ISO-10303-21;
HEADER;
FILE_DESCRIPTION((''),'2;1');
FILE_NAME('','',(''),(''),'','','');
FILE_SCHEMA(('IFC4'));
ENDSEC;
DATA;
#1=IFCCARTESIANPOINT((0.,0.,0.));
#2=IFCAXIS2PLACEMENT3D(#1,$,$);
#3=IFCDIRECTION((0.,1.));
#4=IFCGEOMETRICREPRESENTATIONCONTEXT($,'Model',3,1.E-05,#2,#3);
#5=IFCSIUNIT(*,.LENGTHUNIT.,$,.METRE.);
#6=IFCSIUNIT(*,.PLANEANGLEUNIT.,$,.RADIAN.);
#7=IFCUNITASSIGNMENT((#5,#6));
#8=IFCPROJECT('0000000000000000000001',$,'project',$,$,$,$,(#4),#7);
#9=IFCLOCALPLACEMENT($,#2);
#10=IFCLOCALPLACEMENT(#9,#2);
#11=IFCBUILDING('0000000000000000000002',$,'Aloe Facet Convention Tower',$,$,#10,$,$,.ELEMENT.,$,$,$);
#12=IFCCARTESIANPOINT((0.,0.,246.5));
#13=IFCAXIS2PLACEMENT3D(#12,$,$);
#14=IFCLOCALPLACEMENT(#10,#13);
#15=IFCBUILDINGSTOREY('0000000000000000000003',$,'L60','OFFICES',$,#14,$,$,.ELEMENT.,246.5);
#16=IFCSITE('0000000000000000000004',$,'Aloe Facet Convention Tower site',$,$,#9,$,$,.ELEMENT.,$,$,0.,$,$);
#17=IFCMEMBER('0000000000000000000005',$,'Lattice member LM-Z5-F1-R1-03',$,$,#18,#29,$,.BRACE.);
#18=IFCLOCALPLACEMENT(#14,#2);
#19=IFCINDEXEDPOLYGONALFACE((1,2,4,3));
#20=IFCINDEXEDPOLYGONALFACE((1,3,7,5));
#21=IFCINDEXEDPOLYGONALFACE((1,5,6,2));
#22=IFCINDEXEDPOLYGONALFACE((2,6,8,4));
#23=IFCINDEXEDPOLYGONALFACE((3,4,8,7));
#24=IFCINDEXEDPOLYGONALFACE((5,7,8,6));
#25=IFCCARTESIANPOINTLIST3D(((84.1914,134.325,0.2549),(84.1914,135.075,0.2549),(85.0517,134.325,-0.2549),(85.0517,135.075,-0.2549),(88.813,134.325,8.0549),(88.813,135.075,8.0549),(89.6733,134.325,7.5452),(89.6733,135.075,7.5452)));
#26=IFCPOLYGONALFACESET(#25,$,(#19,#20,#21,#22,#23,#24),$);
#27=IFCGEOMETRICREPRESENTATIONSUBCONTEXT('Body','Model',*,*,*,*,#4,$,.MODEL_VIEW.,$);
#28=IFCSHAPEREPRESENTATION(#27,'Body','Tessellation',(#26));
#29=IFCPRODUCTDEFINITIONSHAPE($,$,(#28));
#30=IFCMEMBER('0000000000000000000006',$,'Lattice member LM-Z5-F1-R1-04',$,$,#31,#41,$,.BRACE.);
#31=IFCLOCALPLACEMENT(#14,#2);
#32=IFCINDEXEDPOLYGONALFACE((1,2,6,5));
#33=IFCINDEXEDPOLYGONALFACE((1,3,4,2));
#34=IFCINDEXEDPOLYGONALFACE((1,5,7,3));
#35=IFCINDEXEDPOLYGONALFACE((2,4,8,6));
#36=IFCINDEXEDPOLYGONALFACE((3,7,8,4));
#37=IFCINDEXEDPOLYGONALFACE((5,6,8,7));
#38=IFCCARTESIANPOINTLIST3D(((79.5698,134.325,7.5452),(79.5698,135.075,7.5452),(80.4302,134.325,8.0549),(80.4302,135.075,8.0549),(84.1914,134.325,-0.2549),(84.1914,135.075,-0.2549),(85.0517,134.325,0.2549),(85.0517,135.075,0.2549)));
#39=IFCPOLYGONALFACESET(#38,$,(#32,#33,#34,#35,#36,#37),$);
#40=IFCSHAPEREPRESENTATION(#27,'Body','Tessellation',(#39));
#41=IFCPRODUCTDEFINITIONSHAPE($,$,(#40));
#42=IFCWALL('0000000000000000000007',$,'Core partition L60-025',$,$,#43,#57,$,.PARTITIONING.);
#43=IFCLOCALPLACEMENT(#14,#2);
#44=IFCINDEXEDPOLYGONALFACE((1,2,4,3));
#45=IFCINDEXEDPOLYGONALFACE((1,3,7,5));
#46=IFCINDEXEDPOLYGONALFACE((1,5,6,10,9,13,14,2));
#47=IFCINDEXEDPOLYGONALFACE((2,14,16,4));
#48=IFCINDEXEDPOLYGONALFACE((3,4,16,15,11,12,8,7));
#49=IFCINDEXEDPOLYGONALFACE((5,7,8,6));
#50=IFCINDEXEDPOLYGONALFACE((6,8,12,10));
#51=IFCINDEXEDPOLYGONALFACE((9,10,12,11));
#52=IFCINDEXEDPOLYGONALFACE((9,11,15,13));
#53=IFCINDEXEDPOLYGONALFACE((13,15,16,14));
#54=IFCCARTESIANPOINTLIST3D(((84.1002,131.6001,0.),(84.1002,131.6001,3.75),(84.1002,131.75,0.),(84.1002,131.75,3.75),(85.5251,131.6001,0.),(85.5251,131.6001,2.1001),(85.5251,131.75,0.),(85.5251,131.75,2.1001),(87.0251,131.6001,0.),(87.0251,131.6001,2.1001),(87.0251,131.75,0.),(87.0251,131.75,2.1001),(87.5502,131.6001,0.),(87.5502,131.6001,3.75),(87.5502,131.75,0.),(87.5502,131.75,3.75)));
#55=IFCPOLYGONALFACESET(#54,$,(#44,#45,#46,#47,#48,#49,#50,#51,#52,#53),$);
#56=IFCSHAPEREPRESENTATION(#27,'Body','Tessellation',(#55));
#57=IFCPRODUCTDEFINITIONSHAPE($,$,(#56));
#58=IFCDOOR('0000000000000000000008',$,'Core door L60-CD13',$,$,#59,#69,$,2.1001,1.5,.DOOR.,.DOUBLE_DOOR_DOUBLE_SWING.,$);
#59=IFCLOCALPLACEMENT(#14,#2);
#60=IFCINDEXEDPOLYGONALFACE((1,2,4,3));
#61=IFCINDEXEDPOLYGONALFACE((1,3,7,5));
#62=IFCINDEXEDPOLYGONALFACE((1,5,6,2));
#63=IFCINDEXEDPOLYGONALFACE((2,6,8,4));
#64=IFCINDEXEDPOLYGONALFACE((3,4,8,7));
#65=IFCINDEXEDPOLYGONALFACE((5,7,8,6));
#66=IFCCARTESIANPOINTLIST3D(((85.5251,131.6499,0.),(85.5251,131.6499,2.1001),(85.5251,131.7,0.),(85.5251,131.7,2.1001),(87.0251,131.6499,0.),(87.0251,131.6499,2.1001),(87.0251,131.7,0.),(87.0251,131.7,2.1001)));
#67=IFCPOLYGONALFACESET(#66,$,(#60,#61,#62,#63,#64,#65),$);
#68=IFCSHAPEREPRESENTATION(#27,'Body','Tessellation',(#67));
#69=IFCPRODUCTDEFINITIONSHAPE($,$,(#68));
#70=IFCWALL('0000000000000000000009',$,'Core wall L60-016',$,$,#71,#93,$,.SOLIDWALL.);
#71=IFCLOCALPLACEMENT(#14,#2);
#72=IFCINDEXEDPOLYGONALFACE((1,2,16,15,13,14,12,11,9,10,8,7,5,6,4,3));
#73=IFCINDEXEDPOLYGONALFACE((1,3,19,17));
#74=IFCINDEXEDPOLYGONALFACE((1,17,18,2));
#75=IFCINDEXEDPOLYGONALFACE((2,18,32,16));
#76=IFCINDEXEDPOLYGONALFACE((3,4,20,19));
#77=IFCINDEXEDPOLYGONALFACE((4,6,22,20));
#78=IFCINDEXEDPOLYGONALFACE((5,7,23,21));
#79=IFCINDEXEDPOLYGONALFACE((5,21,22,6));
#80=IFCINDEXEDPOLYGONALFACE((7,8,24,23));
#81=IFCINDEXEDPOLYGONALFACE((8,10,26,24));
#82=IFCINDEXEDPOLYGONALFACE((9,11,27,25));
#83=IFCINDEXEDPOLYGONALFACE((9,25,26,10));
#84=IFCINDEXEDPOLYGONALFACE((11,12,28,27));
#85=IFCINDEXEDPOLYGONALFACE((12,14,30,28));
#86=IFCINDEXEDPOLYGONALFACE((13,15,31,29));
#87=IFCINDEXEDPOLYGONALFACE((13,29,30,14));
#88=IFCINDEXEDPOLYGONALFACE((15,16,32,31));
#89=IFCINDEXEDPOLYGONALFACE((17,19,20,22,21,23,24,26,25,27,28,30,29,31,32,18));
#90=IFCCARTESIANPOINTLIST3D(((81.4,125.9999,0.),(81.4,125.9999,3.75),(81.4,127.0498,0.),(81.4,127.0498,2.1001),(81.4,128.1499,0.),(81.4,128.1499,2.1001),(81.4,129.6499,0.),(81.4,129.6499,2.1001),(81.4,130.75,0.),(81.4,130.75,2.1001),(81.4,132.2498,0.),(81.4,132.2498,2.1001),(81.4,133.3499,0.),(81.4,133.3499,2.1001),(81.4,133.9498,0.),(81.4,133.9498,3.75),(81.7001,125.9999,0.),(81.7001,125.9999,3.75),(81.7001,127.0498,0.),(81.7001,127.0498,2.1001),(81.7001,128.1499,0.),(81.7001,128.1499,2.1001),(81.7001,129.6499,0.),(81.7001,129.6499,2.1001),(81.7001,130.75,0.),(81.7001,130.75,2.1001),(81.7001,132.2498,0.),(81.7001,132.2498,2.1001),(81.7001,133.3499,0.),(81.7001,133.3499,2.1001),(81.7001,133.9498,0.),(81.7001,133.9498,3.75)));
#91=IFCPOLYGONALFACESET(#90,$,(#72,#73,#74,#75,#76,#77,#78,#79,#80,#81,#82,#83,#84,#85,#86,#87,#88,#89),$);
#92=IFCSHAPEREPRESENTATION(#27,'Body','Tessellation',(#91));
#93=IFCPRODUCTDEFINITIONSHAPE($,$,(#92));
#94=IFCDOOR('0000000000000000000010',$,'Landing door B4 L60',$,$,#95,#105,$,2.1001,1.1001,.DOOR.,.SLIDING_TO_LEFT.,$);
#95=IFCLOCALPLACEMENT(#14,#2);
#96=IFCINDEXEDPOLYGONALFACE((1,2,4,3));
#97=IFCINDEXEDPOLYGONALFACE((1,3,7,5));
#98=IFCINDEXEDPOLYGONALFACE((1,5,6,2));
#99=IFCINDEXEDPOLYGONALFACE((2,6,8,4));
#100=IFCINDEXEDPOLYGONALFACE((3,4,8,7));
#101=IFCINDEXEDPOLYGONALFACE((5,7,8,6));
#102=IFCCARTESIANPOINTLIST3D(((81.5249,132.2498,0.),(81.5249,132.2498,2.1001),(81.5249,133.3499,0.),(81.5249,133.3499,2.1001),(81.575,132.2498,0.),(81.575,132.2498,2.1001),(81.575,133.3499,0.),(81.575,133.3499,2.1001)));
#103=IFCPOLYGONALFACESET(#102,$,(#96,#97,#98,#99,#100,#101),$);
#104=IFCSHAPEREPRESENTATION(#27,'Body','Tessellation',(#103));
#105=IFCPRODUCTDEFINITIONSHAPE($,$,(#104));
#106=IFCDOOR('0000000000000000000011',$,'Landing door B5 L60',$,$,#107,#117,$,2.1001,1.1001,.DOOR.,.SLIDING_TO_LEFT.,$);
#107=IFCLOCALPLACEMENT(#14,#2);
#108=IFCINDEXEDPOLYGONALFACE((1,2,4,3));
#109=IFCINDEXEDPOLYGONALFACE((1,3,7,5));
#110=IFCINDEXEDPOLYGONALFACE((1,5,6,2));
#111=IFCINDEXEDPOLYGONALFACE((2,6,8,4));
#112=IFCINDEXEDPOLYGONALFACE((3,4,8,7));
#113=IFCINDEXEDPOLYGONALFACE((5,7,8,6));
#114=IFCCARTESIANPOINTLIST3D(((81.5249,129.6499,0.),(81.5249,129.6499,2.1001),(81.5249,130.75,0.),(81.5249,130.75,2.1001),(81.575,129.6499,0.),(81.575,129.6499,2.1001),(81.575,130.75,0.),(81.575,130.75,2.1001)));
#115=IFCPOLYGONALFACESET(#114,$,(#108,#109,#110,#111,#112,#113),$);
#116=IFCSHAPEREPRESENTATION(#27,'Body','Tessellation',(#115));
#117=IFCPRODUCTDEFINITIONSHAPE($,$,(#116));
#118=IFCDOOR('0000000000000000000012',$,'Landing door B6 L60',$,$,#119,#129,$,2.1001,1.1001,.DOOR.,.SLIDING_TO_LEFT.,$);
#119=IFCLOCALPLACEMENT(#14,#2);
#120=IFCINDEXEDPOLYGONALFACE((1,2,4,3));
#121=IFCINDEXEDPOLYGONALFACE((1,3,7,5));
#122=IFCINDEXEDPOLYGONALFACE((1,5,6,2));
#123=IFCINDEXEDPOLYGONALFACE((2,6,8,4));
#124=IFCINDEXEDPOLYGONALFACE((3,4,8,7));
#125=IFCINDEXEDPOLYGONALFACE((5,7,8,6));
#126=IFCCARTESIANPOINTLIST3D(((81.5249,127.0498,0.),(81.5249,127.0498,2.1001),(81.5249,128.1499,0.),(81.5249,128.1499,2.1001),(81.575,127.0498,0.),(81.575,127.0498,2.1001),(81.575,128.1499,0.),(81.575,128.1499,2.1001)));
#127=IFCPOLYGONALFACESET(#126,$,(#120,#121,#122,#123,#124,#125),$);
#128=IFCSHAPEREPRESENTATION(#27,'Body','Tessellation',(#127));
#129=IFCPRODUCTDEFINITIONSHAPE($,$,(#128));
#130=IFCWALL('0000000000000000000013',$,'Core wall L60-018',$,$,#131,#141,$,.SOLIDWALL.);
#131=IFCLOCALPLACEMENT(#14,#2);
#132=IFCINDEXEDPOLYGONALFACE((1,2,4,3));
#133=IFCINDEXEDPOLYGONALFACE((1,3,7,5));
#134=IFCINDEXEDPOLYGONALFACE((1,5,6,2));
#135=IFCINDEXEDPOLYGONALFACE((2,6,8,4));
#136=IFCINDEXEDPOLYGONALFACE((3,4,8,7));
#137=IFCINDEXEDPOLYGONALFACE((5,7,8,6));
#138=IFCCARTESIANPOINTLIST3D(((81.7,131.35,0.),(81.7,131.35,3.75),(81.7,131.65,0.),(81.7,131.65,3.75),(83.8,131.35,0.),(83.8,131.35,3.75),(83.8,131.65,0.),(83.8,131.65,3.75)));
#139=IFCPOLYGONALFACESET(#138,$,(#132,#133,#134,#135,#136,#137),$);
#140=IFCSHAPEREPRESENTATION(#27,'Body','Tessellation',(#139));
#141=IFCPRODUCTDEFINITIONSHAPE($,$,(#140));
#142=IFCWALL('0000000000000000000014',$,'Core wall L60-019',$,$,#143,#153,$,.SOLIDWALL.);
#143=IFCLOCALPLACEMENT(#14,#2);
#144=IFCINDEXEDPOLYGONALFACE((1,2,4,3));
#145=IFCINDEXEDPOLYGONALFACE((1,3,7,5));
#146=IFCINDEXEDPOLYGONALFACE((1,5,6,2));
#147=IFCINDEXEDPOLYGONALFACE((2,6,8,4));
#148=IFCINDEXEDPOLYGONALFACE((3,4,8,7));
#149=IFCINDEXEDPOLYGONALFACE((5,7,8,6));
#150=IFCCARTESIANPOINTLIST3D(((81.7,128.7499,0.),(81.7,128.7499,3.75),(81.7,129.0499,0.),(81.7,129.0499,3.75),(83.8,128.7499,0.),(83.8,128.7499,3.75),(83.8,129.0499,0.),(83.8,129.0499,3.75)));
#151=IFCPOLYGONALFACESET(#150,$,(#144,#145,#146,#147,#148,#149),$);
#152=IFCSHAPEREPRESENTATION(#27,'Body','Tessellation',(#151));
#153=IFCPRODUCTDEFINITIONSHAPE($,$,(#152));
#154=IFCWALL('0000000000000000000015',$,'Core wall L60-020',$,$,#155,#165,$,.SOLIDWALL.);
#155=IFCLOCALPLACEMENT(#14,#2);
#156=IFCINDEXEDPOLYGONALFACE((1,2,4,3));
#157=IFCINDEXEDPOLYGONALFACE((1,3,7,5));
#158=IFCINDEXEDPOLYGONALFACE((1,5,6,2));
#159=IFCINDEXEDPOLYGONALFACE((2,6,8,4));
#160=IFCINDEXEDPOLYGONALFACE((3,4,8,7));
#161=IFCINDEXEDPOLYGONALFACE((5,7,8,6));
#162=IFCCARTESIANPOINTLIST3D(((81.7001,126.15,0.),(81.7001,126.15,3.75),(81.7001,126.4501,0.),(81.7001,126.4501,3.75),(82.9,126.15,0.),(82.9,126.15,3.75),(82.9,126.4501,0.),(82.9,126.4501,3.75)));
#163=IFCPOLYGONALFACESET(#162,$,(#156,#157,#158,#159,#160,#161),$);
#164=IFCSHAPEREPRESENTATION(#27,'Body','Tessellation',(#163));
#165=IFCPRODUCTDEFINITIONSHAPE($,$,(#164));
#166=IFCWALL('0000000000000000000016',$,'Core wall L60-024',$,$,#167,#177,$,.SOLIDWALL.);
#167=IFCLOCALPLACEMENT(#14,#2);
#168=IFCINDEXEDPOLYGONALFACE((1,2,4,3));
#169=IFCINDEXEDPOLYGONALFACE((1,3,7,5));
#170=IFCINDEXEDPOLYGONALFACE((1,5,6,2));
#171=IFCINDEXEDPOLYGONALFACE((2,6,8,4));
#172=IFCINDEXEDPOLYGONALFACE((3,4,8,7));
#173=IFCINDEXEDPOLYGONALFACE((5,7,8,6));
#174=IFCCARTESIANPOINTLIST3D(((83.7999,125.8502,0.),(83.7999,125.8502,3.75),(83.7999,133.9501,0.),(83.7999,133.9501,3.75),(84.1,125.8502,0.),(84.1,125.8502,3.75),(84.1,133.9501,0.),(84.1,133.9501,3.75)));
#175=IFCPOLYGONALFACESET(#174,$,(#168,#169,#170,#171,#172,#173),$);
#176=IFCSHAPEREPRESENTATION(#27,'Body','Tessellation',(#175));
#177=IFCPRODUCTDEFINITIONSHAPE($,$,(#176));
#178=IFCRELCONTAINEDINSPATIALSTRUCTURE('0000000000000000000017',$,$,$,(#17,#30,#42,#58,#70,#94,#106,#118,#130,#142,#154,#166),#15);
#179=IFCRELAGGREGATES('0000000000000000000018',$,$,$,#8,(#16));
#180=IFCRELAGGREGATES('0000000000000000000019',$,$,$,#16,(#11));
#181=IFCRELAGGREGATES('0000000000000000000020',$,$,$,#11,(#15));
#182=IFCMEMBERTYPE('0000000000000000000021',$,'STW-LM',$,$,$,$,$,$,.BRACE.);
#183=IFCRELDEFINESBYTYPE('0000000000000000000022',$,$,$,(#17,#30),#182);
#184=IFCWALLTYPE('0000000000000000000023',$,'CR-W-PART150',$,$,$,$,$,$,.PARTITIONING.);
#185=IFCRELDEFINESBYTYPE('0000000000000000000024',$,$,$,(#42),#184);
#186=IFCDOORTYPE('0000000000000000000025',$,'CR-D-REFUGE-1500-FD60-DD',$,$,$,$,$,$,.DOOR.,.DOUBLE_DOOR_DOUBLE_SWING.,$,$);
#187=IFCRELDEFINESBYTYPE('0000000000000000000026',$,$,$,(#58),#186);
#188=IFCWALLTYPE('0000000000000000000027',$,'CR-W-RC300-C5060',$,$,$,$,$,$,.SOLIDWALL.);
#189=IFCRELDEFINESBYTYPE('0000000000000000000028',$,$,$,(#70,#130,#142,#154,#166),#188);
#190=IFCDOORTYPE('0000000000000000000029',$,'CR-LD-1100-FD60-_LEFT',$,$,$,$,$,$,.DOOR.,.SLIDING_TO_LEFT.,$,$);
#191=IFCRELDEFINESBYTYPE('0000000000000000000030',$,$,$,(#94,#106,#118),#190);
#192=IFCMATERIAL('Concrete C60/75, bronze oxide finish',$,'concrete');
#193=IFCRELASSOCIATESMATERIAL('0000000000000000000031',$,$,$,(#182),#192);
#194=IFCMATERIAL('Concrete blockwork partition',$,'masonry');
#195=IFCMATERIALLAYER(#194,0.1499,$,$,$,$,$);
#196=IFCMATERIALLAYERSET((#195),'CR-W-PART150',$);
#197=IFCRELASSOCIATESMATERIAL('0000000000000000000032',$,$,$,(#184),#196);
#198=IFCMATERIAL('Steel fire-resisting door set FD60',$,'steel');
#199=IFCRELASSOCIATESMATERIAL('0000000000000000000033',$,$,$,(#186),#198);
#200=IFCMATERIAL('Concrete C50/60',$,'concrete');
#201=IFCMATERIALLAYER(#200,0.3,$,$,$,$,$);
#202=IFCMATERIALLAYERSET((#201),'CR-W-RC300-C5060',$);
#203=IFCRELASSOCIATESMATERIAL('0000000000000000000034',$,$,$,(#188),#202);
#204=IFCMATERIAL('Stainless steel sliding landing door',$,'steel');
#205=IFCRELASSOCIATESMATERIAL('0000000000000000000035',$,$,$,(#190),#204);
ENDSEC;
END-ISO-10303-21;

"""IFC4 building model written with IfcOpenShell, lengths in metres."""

from ifc_helpers import new_model, si_unit, direction, frame, frame_2d, origin, origin_2d, place, context, subcontext, project, spatial, rectangle, extrude, material, layer, layer_set, material_profile, profile_set, type_object, element, fill, save


model = new_model("IFC4")

# Units and contexts
model_context = context("Model", 3, precision=1e-05, world=origin(), true_north=direction((0.0, 1.0)))
body_context = subcontext(model_context, "Body", "Model", "MODEL_VIEW")
ifc_project = project(units=[si_unit("LENGTHUNIT", "METRE"), si_unit("PLANEANGLEUNIT", "RADIAN")], contexts=[model_context])

# Site, building, storey
site_placement = place(None, origin())
site = spatial("IfcSite", under=ifc_project, at=site_placement, Name="Aloe Facet Convention Tower site", CompositionType="ELEMENT", RefElevation=0.0)
building_placement = place(site_placement, origin())
building = spatial("IfcBuilding", under=site, at=building_placement, Name="Aloe Facet Convention Tower", CompositionType="ELEMENT")
storey_placement = place(building_placement, frame((0.0, 0.0, 246.5)))
storey = spatial("IfcBuildingStorey", under=building, at=storey_placement, Name="L60", Description="OFFICES", CompositionType="ELEMENT", Elevation=246.5)

# Members
ifc_material_1 = material(Name="Concrete C60/75, bronze oxide finish", Category="concrete")
ifc_material_profile = material_profile(ifc_material_1, rectangle(XDim=0.75, YDim=1.0, at=origin_2d()), Name="STW-LM")
ifc_profile_set = profile_set([ifc_material_profile], Name="Concrete C60/75, bronze oxide finish")
member_type = type_object("IfcMemberType", Name="STW-LM", PredefinedType="BRACE", material=ifc_profile_set)
for number, where, z_axis, x_axis, name in (
    (1, (84.6216, 134.7, 0.0), (0.509748, 0.0, 0.860324), (0.0, 1.0, 0.0), "Lattice member LM-Z5-F1-R1-03"),
    (2, (84.6216, 134.7, 0.0), (-0.509748, 0.0, 0.860324), (0.0, -1.0, 0.0), "Lattice member LM-Z5-F1-R1-04"),
):
    element("IfcMember", number, at=place(storey_placement, frame(where, z_axis=z_axis, x_axis=x_axis)), inside=storey, type_object=member_type, Name=name, PredefinedType="BRACE", context=body_context, shape_type="SweptSolid", body=[
        extrude(rectangle(XDim=0.75, YDim=1.0, at=origin_2d()), origin(), (0.0, 0.0, 1.0), 9.0664),
    ])

# Wall, opening, door
ifc_material_2 = material(Name="Concrete blockwork partition", Category="masonry")
ifc_layer_1 = layer(ifc_material_2, 0.1499)
ifc_layer_set_1 = layer_set([ifc_layer_1], Name="CR-W-PART150")
wall_type_1 = type_object("IfcWallType", Name="CR-W-PART150", PredefinedType="PARTITIONING", material=ifc_layer_set_1)
wall_1_placement = place(storey_placement, frame((84.1001, 131.675, 0.0), z_axis=(0.0, 0.0, 1.0), x_axis=(1.0, 0.0, 0.0)))
wall_1 = element("IfcWall", 3, at=wall_1_placement, inside=storey, type_object=wall_type_1, Name="Core partition L60-025", PredefinedType="PARTITIONING", context=body_context, shape_type="SweptSolid", body=[
    extrude(rectangle(XDim=3.45, YDim=0.1499, at=frame_2d((1.7251, 0.0))), origin(), (0.0, 0.0, 1.0), 3.75),
])
opening_1_placement = place(wall_1_placement, frame((1.425, 0.0, 0.0)))
opening_1 = element("IfcOpeningElement", 4, at=opening_1_placement, cuts=wall_1, PredefinedType="OPENING", context=body_context, shape_type="SweptSolid", body=[
    extrude(rectangle(XDim=1.5, YDim=2.1001, at=frame_2d((0.75, 1.05))), frame((0.0, 0.085, 0.0), z_axis=(0.0, -1.0, 0.0), x_axis=(1.0, 0.0, 0.0)), (0.0, 0.0, 1.0), 0.1699),
])
ifc_material_3 = material(Name="Steel fire-resisting door set FD60", Category="steel")
door_type_1 = type_object("IfcDoorType", Name="CR-D-REFUGE-1500-FD60-DD", OperationType="DOUBLE_DOOR_DOUBLE_SWING", PredefinedType="DOOR", material=ifc_material_3)
door_1_placement = place(opening_1_placement, origin())
door_1 = element("IfcDoor", 5, at=door_1_placement, inside=storey, type_object=door_type_1, Name="Core door L60-CD13", OperationType="DOUBLE_DOOR_DOUBLE_SWING", OverallHeight=2.1001, OverallWidth=1.5, PredefinedType="DOOR", context=body_context, shape_type="SweptSolid", body=[
    extrude(rectangle(XDim=1.5, YDim=2.1001, at=frame_2d((0.75, 1.05))), frame((0.0, 0.0249, 0.0), z_axis=(0.0, -1.0, 0.0), x_axis=(1.0, 0.0, 0.0)), (0.0, 0.0, 1.0), 0.05),
])
fill(opening_1, door_1)

# Wall, openings, doors
ifc_material_4 = material(Name="Concrete C50/60", Category="concrete")
ifc_layer_2 = layer(ifc_material_4, 0.3)
ifc_layer_set_2 = layer_set([ifc_layer_2], Name="CR-W-RC300-C5060")
wall_type_2 = type_object("IfcWallType", Name="CR-W-RC300-C5060", PredefinedType="SOLIDWALL", material=ifc_layer_set_2)
wall_2_placement = place(storey_placement, frame((81.55, 133.95, 0.0), z_axis=(0.0, 0.0, 1.0), x_axis=(0.0, -1.0, 0.0)))
wall_2 = element("IfcWall", 6, at=wall_2_placement, inside=storey, type_object=wall_type_2, Name="Core wall L60-016", PredefinedType="SOLIDWALL", context=body_context, shape_type="SweptSolid", body=[
    extrude(rectangle(XDim=7.95, YDim=0.3, at=frame_2d((3.9751, 0.0))), origin(), (0.0, 0.0, 1.0), 3.75),
])
opening_2_placement = place(wall_2_placement, frame((0.6001, 0.0, 0.0)))
opening_2 = element("IfcOpeningElement", 7, at=opening_2_placement, cuts=wall_2, PredefinedType="OPENING", context=body_context, shape_type="SweptSolid", body=[
    extrude(rectangle(XDim=1.1001, YDim=2.1001, at=frame_2d((0.55, 1.05))), frame((0.0, 0.1602, 0.0), z_axis=(0.0, -1.0, 0.0), x_axis=(1.0, 0.0, 0.0)), (0.0, 0.0, 1.0), 0.3201),
])
opening_3_placement = place(wall_2_placement, frame((3.2, 0.0, 0.0)))
opening_3 = element("IfcOpeningElement", 8, at=opening_3_placement, cuts=wall_2, PredefinedType="OPENING", context=body_context, shape_type="SweptSolid", body=[
    extrude(rectangle(XDim=1.1001, YDim=2.1001, at=frame_2d((0.55, 1.05))), frame((0.0, 0.1602, 0.0), z_axis=(0.0, -1.0, 0.0), x_axis=(1.0, 0.0, 0.0)), (0.0, 0.0, 1.0), 0.3201),
])
opening_4_placement = place(wall_2_placement, frame((5.8, 0.0, 0.0)))
opening_4 = element("IfcOpeningElement", 9, at=opening_4_placement, cuts=wall_2, PredefinedType="OPENING", context=body_context, shape_type="SweptSolid", body=[
    extrude(rectangle(XDim=1.1001, YDim=2.1001, at=frame_2d((0.55, 1.05))), frame((0.0, 0.1602, 0.0), z_axis=(0.0, -1.0, 0.0), x_axis=(1.0, 0.0, 0.0)), (0.0, 0.0, 1.0), 0.3201),
])
ifc_material_5 = material(Name="Stainless steel sliding landing door", Category="steel")
door_type_2 = type_object("IfcDoorType", Name="CR-LD-1100-FD60-_LEFT", OperationType="SLIDING_TO_LEFT", PredefinedType="DOOR", material=ifc_material_5)
door_2_placement = place(opening_2_placement, origin())
door_2 = element("IfcDoor", 10, at=door_2_placement, inside=storey, type_object=door_type_2, Name="Landing door B4 L60", OperationType="SLIDING_TO_LEFT", OverallHeight=2.1001, OverallWidth=1.1001, PredefinedType="DOOR", context=body_context, shape_type="SweptSolid", body=[
    extrude(rectangle(XDim=1.1001, YDim=2.1001, at=frame_2d((0.55, 1.05))), frame((0.0, 0.0249, 0.0), z_axis=(0.0, -1.0, 0.0), x_axis=(1.0, 0.0, 0.0)), (0.0, 0.0, 1.0), 0.05),
])
fill(opening_2, door_2)
door_3_placement = place(opening_3_placement, origin())
door_3 = element("IfcDoor", 11, at=door_3_placement, inside=storey, type_object=door_type_2, Name="Landing door B5 L60", OperationType="SLIDING_TO_LEFT", OverallHeight=2.1001, OverallWidth=1.1001, PredefinedType="DOOR", context=body_context, shape_type="SweptSolid", body=[
    extrude(rectangle(XDim=1.1001, YDim=2.1001, at=frame_2d((0.55, 1.05))), frame((0.0, 0.0249, 0.0), z_axis=(0.0, -1.0, 0.0), x_axis=(1.0, 0.0, 0.0)), (0.0, 0.0, 1.0), 0.05),
])
fill(opening_3, door_3)
door_4_placement = place(opening_4_placement, origin())
door_4 = element("IfcDoor", 12, at=door_4_placement, inside=storey, type_object=door_type_2, Name="Landing door B6 L60", OperationType="SLIDING_TO_LEFT", OverallHeight=2.1001, OverallWidth=1.1001, PredefinedType="DOOR", context=body_context, shape_type="SweptSolid", body=[
    extrude(rectangle(XDim=1.1001, YDim=2.1001, at=frame_2d((0.55, 1.05))), frame((0.0, 0.0249, 0.0), z_axis=(0.0, -1.0, 0.0), x_axis=(1.0, 0.0, 0.0)), (0.0, 0.0, 1.0), 0.05),
])
fill(opening_4, door_4)

# Walls
for number, where, z_axis, x_axis, name in (
    (13, (81.7, 131.5, 0.0), (0.0, 0.0, 1.0), (1.0, 0.0, 0.0), "Core wall L60-018"),
    (14, (81.7, 128.8999, 0.0), (0.0, 0.0, 1.0), (1.0, 0.0, 0.0), "Core wall L60-019"),
):
    element("IfcWall", number, at=place(storey_placement, frame(where, z_axis=z_axis, x_axis=x_axis)), inside=storey, type_object=wall_type_2, Name=name, PredefinedType="SOLIDWALL", context=body_context, shape_type="SweptSolid", body=[
        extrude(rectangle(XDim=2.1001, YDim=0.3, at=frame_2d((1.05, 0.0))), origin(), (0.0, 0.0, 1.0), 3.75),
    ])
wall_3_placement = place(storey_placement, frame((81.7, 126.3, 0.0), z_axis=(0.0, 0.0, 1.0), x_axis=(1.0, 0.0, 0.0)))
element("IfcWall", 15, at=wall_3_placement, inside=storey, type_object=wall_type_2, Name="Core wall L60-020", PredefinedType="SOLIDWALL", context=body_context, shape_type="SweptSolid", body=[
    extrude(rectangle(XDim=1.2, YDim=0.3, at=frame_2d((0.6001, 0.0))), origin(), (0.0, 0.0, 1.0), 3.75),
])
wall_4_placement = place(storey_placement, frame((83.95, 133.95, 0.0), z_axis=(0.0, 0.0, 1.0), x_axis=(0.0, -1.0, 0.0)))
element("IfcWall", 16, at=wall_4_placement, inside=storey, type_object=wall_type_2, Name="Core wall L60-024", PredefinedType="SOLIDWALL", context=body_context, shape_type="SweptSolid", body=[
    extrude(rectangle(XDim=8.0999, YDim=0.3, at=frame_2d((4.0498, 0.0))), origin(), (0.0, 0.0, 1.0), 3.75),
])

save(model, "model.ifc")
